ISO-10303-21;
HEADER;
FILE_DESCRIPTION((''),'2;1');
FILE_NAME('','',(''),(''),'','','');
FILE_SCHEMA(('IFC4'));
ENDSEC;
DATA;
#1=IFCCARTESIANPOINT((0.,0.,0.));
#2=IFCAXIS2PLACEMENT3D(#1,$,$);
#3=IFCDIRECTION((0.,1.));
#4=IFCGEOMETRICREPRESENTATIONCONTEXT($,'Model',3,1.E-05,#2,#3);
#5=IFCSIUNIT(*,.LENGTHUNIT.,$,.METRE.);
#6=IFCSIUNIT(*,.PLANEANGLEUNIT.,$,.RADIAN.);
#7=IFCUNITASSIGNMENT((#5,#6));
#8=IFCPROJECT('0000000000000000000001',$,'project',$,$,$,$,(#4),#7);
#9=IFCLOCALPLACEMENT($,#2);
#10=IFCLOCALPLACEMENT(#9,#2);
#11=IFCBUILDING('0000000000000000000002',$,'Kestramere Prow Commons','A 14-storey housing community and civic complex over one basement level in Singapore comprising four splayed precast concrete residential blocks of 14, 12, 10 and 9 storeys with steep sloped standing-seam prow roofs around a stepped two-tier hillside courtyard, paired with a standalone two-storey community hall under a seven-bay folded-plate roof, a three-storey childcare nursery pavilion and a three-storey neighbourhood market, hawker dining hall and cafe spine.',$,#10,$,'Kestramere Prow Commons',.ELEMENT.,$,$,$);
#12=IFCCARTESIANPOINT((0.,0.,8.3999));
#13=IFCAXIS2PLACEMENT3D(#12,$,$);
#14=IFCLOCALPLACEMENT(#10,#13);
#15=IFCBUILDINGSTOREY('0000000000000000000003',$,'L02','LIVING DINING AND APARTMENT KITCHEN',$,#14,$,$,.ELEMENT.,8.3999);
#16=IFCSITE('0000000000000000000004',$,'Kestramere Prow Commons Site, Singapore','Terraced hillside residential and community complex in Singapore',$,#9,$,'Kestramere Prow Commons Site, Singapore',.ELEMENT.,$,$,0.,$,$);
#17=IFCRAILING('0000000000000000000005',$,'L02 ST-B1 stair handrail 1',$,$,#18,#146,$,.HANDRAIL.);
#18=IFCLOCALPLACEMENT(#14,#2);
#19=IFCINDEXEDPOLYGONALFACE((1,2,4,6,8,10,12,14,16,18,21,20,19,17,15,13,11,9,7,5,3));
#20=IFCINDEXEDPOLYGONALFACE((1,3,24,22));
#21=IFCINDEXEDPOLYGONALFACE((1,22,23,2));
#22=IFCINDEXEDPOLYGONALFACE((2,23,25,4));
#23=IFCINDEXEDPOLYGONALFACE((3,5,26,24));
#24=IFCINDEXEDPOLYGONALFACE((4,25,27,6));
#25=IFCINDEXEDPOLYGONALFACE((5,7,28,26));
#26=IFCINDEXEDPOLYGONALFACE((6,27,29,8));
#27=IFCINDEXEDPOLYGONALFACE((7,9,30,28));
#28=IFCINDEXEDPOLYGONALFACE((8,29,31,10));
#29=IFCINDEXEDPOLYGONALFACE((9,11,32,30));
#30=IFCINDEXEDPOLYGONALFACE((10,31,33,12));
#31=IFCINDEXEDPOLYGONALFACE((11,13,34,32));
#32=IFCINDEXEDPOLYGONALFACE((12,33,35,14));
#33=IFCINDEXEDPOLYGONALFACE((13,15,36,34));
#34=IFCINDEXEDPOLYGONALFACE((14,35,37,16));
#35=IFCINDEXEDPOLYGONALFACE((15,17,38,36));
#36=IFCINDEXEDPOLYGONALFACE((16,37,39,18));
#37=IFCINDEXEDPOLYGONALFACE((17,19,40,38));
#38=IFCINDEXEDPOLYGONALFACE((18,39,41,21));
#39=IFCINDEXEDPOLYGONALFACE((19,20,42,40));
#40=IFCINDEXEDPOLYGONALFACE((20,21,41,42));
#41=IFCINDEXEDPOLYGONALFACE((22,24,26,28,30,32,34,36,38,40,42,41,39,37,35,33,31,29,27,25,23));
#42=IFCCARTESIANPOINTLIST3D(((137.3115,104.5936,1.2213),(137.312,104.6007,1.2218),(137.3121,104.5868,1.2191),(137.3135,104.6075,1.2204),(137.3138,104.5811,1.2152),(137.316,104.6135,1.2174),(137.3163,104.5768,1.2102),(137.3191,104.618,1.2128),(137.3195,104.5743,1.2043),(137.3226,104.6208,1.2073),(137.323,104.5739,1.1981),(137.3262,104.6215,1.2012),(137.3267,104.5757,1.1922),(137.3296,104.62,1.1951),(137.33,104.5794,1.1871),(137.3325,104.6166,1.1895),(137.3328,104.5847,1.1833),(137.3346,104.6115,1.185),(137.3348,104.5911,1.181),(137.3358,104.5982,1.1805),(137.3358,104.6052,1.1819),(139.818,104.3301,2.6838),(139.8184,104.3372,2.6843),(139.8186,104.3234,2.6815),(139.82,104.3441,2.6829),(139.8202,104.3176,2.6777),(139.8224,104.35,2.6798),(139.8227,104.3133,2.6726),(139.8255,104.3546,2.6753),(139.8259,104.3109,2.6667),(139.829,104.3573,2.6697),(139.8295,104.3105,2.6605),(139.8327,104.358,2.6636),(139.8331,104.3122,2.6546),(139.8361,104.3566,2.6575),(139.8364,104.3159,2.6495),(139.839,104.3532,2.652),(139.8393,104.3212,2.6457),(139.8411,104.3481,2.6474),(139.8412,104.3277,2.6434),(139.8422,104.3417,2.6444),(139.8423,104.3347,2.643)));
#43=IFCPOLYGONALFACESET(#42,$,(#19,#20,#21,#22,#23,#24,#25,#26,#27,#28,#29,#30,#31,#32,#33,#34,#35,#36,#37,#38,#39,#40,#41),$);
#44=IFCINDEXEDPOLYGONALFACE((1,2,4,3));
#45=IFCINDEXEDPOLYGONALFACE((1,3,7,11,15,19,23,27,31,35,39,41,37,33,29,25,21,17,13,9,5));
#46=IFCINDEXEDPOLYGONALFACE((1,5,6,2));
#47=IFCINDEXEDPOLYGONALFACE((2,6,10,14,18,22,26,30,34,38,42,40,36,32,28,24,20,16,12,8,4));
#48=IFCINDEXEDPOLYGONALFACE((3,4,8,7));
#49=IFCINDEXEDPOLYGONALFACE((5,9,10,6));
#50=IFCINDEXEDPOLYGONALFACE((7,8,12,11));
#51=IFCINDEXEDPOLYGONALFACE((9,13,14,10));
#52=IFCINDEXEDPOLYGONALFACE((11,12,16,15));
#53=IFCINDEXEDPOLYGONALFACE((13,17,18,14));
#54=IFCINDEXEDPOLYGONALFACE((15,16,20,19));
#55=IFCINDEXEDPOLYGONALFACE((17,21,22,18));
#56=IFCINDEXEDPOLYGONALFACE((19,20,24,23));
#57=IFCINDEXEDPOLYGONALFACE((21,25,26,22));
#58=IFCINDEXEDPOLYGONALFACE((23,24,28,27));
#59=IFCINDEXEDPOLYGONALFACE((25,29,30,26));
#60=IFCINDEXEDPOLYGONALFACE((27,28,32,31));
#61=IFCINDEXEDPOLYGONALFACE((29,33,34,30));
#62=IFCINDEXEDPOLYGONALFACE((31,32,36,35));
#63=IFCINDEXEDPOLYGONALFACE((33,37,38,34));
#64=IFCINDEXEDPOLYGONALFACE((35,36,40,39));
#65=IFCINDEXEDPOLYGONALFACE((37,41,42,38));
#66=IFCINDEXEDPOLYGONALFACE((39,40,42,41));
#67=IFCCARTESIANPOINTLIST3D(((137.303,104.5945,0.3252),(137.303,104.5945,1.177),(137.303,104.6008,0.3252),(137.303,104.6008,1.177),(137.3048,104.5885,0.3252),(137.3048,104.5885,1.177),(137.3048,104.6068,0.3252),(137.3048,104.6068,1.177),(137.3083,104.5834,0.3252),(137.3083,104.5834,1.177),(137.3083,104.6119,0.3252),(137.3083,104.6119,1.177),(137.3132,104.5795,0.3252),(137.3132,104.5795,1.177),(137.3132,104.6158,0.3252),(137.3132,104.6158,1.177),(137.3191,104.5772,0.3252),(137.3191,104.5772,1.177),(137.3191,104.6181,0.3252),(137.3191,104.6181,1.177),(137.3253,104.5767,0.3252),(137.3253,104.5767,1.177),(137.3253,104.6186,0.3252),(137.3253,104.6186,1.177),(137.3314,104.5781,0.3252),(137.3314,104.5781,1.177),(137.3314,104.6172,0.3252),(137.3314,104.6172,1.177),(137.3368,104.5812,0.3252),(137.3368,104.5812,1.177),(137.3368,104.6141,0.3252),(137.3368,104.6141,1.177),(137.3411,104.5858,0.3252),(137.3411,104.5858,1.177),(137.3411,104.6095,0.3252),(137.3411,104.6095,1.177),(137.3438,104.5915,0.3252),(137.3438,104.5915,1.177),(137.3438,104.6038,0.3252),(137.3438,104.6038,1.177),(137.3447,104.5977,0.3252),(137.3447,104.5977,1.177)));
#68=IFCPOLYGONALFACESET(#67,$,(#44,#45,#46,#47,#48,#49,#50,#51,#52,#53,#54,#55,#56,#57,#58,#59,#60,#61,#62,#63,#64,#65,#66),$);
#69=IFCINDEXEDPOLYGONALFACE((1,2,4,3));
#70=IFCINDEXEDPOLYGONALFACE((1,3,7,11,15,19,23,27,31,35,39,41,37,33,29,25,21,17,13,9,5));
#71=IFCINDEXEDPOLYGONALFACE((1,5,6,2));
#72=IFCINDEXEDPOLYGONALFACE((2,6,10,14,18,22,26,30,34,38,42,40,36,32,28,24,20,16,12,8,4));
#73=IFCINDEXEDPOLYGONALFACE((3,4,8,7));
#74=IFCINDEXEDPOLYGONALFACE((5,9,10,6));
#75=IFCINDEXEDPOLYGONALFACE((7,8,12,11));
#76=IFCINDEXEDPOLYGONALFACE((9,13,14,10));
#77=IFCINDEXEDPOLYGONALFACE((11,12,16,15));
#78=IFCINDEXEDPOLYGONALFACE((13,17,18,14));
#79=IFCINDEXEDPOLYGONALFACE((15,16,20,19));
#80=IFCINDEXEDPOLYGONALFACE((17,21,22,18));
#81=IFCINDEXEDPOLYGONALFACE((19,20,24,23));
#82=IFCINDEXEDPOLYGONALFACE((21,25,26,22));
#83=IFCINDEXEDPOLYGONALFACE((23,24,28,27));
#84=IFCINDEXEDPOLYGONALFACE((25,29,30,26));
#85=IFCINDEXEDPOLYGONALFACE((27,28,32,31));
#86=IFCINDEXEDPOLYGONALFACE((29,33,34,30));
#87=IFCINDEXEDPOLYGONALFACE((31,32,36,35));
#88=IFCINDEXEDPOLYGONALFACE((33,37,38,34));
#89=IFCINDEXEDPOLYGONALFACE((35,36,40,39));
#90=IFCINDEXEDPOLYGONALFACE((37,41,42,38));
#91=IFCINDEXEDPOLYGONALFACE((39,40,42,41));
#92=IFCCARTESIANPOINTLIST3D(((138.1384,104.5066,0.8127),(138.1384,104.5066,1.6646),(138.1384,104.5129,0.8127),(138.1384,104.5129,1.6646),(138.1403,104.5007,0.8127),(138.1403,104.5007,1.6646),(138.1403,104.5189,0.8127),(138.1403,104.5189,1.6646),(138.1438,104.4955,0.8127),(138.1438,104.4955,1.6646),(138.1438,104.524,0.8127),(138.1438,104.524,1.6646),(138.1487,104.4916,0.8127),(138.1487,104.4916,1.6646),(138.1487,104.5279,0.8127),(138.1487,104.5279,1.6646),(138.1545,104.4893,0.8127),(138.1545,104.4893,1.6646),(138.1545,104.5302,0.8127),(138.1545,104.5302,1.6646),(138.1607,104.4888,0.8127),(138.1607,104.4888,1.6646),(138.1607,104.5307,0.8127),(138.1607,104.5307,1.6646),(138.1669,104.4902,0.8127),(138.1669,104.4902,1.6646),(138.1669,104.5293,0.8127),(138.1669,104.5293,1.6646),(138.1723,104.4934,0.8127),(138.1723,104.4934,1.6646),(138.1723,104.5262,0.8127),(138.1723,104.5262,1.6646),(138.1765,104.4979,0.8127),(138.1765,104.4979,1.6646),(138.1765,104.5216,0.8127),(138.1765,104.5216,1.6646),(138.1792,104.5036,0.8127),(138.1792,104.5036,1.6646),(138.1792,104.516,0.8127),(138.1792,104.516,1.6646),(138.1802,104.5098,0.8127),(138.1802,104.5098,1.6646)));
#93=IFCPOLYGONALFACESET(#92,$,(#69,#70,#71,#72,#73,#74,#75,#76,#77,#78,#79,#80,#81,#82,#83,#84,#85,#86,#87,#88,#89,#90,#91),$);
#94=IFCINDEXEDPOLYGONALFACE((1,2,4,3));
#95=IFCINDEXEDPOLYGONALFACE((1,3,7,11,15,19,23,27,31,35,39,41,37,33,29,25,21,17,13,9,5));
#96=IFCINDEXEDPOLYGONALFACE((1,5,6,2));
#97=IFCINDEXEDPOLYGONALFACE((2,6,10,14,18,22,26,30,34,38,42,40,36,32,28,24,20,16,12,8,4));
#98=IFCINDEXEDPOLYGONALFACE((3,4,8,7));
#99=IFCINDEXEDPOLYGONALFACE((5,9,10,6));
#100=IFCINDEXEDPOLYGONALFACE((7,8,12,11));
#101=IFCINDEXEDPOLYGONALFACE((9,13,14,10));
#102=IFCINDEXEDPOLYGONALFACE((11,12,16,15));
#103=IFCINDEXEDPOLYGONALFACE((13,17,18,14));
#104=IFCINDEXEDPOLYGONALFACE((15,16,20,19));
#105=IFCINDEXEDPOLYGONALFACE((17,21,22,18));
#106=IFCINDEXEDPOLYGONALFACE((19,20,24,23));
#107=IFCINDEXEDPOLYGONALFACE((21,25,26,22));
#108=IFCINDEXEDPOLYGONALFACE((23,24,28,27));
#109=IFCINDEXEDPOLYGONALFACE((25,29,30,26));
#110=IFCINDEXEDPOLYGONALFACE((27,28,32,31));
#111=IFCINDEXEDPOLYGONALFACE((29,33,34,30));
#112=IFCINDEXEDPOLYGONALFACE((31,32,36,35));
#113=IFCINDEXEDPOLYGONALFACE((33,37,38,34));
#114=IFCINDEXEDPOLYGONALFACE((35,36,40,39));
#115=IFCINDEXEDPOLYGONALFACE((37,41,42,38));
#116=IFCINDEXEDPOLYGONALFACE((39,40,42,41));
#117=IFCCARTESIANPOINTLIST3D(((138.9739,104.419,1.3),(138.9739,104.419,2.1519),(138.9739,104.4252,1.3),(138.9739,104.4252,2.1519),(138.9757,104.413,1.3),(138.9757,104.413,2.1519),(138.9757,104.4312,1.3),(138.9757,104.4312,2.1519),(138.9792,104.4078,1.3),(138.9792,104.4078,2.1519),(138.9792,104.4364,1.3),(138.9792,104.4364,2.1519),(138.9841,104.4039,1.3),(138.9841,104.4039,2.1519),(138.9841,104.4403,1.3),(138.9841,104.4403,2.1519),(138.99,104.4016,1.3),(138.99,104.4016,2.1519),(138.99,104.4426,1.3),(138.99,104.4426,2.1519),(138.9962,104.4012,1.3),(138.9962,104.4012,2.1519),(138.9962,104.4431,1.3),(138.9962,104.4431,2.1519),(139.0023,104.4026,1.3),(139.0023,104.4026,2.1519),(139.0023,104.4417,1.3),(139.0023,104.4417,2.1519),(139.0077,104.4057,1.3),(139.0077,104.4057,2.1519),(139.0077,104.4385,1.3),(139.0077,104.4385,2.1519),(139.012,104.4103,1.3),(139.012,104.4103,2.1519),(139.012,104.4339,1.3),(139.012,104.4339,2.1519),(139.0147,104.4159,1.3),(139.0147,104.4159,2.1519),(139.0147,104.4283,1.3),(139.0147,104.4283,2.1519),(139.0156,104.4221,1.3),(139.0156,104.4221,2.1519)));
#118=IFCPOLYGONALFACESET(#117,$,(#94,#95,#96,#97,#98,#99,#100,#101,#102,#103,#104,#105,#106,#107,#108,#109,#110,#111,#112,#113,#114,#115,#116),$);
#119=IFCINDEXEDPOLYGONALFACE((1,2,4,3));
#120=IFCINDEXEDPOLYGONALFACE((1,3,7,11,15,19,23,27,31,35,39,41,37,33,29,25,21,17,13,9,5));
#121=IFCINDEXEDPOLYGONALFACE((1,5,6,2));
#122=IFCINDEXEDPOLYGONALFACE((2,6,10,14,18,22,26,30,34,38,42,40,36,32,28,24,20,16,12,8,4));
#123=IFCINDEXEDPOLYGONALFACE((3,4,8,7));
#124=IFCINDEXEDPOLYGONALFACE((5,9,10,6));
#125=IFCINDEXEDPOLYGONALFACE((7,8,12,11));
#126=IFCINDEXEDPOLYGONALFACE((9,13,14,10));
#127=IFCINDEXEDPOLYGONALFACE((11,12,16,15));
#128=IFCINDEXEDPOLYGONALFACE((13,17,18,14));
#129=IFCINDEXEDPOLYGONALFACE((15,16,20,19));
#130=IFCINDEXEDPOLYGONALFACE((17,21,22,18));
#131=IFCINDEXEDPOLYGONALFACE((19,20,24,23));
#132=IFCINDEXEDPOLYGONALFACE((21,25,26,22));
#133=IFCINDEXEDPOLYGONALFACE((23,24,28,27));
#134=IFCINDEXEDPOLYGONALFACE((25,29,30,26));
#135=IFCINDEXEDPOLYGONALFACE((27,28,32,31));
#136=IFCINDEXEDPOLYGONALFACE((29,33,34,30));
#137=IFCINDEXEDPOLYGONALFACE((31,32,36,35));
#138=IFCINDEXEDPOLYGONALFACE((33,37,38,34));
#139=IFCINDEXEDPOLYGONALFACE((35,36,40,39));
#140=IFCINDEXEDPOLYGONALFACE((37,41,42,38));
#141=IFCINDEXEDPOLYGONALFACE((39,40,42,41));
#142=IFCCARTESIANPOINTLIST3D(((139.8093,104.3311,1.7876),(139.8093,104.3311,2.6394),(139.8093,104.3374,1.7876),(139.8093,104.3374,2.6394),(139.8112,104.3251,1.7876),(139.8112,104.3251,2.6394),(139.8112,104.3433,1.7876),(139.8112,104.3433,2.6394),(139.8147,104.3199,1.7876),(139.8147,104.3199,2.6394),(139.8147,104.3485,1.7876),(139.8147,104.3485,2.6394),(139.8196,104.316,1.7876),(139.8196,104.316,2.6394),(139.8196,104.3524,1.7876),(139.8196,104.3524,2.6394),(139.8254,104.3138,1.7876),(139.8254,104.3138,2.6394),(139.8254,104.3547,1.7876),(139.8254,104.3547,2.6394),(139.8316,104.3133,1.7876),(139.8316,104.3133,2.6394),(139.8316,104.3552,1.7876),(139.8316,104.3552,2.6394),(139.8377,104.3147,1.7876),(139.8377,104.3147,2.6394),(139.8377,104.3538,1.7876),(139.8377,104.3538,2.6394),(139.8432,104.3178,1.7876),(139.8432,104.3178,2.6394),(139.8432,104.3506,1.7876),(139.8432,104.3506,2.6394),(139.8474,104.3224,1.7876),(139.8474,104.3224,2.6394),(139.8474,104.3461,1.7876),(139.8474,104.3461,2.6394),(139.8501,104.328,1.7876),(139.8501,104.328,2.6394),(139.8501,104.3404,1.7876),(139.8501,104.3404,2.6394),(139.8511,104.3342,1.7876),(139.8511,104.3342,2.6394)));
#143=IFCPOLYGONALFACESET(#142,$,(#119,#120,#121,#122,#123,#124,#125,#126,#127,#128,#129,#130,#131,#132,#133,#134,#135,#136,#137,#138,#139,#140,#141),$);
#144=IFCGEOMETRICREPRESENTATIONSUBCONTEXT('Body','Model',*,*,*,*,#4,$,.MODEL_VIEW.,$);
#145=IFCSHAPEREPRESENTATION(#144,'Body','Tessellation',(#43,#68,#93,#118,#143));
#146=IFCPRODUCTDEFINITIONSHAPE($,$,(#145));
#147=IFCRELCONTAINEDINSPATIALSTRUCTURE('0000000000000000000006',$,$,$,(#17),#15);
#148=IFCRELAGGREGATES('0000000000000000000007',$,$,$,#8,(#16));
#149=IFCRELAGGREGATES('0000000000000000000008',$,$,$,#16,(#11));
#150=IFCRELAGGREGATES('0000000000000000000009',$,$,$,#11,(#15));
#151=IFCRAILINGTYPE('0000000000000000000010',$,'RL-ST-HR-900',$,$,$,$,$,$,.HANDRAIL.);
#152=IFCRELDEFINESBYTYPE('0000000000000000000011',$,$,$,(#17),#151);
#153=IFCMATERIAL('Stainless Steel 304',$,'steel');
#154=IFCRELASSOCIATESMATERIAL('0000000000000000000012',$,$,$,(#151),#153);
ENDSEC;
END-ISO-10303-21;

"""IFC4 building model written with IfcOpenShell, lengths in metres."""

from ifc_helpers import new_model, si_unit, direction, frame, origin, origin_2d, place, context, subcontext, project, spatial, circle, extrude, material, type_object, element, save


model = new_model("IFC4")

# Units and contexts
model_context = context("Model", 3, precision=1e-05, world=origin(), true_north=direction((0.0, 1.0)))
body_context = subcontext(model_context, "Body", "Model", "MODEL_VIEW")
ifc_project = project(units=[si_unit("LENGTHUNIT", "METRE"), si_unit("PLANEANGLEUNIT", "RADIAN")], contexts=[model_context])

# Site, building, storey
site_placement = place(None, origin())
site = spatial("IfcSite", under=ifc_project, at=site_placement, Name="Kestramere Prow Commons Site, Singapore", Description="Terraced hillside residential and community complex in Singapore", LongName="Kestramere Prow Commons Site, Singapore", CompositionType="ELEMENT", RefElevation=0.0)
building_placement = place(site_placement, origin())
building = spatial("IfcBuilding", under=site, at=building_placement, Name="Kestramere Prow Commons", Description="A 14-storey housing community and civic complex over one basement level in Singapore comprising four splayed precast concrete residential blocks of 14, 12, 10 and 9 storeys with steep sloped standing-seam prow roofs around a stepped two-tier hillside courtyard, paired with a standalone two-storey community hall under a seven-bay folded-plate roof, a three-storey childcare nursery pavilion and a three-storey neighbourhood market, hawker dining hall and cafe spine.", LongName="Kestramere Prow Commons", CompositionType="ELEMENT")
storey_placement = place(building_placement, frame((0.0, 0.0, 8.3999)))
storey = spatial("IfcBuildingStorey", under=building, at=storey_placement, Name="L02", Description="LIVING DINING AND APARTMENT KITCHEN", CompositionType="ELEMENT", Elevation=8.3999)

# Railing
ifc_material_1 = material(Name="Stainless Steel 304", Category="steel")
railing_type_1 = type_object("IfcRailingType", Name="RL-ST-HR-900", PredefinedType="HANDRAIL", material=ifc_material_1)
railing_1_placement = place(storey_placement, frame((137.3237, 104.5977, 0.3252)))
element("IfcRailing", 1, at=railing_1_placement, inside=storey, type_object=railing_type_1, Name="L02 ST-B1 stair handrail 1", PredefinedType="HANDRAIL", context=body_context, shape_type="SweptSolid", body=[
    extrude(circle(Radius=0.0239, at=origin_2d()), frame((0.0, 0.0, 0.876), z_axis=(0.860187, -0.090409, 0.501901), x_axis=(0.104528, 0.994522, 0.0)), (0.0, 0.0, 1.0), 2.9138),
    extrude(circle(Radius=0.021, at=origin_2d()), origin(), (0.0, 0.0, 1.0), 0.8518),
    extrude(circle(Radius=0.021, at=origin_2d()), frame((0.8354, -0.0879, 0.4875)), (0.0, 0.0, 1.0), 0.8518),
    extrude(circle(Radius=0.021, at=origin_2d()), frame((1.6709, -0.1755, 0.9749)), (0.0, 0.0, 1.0), 0.8518),
    extrude(circle(Radius=0.021, at=origin_2d()), frame((2.5063, -0.2634, 1.4624)), (0.0, 0.0, 1.0), 0.8518),
])

save(model, "model.ifc")
